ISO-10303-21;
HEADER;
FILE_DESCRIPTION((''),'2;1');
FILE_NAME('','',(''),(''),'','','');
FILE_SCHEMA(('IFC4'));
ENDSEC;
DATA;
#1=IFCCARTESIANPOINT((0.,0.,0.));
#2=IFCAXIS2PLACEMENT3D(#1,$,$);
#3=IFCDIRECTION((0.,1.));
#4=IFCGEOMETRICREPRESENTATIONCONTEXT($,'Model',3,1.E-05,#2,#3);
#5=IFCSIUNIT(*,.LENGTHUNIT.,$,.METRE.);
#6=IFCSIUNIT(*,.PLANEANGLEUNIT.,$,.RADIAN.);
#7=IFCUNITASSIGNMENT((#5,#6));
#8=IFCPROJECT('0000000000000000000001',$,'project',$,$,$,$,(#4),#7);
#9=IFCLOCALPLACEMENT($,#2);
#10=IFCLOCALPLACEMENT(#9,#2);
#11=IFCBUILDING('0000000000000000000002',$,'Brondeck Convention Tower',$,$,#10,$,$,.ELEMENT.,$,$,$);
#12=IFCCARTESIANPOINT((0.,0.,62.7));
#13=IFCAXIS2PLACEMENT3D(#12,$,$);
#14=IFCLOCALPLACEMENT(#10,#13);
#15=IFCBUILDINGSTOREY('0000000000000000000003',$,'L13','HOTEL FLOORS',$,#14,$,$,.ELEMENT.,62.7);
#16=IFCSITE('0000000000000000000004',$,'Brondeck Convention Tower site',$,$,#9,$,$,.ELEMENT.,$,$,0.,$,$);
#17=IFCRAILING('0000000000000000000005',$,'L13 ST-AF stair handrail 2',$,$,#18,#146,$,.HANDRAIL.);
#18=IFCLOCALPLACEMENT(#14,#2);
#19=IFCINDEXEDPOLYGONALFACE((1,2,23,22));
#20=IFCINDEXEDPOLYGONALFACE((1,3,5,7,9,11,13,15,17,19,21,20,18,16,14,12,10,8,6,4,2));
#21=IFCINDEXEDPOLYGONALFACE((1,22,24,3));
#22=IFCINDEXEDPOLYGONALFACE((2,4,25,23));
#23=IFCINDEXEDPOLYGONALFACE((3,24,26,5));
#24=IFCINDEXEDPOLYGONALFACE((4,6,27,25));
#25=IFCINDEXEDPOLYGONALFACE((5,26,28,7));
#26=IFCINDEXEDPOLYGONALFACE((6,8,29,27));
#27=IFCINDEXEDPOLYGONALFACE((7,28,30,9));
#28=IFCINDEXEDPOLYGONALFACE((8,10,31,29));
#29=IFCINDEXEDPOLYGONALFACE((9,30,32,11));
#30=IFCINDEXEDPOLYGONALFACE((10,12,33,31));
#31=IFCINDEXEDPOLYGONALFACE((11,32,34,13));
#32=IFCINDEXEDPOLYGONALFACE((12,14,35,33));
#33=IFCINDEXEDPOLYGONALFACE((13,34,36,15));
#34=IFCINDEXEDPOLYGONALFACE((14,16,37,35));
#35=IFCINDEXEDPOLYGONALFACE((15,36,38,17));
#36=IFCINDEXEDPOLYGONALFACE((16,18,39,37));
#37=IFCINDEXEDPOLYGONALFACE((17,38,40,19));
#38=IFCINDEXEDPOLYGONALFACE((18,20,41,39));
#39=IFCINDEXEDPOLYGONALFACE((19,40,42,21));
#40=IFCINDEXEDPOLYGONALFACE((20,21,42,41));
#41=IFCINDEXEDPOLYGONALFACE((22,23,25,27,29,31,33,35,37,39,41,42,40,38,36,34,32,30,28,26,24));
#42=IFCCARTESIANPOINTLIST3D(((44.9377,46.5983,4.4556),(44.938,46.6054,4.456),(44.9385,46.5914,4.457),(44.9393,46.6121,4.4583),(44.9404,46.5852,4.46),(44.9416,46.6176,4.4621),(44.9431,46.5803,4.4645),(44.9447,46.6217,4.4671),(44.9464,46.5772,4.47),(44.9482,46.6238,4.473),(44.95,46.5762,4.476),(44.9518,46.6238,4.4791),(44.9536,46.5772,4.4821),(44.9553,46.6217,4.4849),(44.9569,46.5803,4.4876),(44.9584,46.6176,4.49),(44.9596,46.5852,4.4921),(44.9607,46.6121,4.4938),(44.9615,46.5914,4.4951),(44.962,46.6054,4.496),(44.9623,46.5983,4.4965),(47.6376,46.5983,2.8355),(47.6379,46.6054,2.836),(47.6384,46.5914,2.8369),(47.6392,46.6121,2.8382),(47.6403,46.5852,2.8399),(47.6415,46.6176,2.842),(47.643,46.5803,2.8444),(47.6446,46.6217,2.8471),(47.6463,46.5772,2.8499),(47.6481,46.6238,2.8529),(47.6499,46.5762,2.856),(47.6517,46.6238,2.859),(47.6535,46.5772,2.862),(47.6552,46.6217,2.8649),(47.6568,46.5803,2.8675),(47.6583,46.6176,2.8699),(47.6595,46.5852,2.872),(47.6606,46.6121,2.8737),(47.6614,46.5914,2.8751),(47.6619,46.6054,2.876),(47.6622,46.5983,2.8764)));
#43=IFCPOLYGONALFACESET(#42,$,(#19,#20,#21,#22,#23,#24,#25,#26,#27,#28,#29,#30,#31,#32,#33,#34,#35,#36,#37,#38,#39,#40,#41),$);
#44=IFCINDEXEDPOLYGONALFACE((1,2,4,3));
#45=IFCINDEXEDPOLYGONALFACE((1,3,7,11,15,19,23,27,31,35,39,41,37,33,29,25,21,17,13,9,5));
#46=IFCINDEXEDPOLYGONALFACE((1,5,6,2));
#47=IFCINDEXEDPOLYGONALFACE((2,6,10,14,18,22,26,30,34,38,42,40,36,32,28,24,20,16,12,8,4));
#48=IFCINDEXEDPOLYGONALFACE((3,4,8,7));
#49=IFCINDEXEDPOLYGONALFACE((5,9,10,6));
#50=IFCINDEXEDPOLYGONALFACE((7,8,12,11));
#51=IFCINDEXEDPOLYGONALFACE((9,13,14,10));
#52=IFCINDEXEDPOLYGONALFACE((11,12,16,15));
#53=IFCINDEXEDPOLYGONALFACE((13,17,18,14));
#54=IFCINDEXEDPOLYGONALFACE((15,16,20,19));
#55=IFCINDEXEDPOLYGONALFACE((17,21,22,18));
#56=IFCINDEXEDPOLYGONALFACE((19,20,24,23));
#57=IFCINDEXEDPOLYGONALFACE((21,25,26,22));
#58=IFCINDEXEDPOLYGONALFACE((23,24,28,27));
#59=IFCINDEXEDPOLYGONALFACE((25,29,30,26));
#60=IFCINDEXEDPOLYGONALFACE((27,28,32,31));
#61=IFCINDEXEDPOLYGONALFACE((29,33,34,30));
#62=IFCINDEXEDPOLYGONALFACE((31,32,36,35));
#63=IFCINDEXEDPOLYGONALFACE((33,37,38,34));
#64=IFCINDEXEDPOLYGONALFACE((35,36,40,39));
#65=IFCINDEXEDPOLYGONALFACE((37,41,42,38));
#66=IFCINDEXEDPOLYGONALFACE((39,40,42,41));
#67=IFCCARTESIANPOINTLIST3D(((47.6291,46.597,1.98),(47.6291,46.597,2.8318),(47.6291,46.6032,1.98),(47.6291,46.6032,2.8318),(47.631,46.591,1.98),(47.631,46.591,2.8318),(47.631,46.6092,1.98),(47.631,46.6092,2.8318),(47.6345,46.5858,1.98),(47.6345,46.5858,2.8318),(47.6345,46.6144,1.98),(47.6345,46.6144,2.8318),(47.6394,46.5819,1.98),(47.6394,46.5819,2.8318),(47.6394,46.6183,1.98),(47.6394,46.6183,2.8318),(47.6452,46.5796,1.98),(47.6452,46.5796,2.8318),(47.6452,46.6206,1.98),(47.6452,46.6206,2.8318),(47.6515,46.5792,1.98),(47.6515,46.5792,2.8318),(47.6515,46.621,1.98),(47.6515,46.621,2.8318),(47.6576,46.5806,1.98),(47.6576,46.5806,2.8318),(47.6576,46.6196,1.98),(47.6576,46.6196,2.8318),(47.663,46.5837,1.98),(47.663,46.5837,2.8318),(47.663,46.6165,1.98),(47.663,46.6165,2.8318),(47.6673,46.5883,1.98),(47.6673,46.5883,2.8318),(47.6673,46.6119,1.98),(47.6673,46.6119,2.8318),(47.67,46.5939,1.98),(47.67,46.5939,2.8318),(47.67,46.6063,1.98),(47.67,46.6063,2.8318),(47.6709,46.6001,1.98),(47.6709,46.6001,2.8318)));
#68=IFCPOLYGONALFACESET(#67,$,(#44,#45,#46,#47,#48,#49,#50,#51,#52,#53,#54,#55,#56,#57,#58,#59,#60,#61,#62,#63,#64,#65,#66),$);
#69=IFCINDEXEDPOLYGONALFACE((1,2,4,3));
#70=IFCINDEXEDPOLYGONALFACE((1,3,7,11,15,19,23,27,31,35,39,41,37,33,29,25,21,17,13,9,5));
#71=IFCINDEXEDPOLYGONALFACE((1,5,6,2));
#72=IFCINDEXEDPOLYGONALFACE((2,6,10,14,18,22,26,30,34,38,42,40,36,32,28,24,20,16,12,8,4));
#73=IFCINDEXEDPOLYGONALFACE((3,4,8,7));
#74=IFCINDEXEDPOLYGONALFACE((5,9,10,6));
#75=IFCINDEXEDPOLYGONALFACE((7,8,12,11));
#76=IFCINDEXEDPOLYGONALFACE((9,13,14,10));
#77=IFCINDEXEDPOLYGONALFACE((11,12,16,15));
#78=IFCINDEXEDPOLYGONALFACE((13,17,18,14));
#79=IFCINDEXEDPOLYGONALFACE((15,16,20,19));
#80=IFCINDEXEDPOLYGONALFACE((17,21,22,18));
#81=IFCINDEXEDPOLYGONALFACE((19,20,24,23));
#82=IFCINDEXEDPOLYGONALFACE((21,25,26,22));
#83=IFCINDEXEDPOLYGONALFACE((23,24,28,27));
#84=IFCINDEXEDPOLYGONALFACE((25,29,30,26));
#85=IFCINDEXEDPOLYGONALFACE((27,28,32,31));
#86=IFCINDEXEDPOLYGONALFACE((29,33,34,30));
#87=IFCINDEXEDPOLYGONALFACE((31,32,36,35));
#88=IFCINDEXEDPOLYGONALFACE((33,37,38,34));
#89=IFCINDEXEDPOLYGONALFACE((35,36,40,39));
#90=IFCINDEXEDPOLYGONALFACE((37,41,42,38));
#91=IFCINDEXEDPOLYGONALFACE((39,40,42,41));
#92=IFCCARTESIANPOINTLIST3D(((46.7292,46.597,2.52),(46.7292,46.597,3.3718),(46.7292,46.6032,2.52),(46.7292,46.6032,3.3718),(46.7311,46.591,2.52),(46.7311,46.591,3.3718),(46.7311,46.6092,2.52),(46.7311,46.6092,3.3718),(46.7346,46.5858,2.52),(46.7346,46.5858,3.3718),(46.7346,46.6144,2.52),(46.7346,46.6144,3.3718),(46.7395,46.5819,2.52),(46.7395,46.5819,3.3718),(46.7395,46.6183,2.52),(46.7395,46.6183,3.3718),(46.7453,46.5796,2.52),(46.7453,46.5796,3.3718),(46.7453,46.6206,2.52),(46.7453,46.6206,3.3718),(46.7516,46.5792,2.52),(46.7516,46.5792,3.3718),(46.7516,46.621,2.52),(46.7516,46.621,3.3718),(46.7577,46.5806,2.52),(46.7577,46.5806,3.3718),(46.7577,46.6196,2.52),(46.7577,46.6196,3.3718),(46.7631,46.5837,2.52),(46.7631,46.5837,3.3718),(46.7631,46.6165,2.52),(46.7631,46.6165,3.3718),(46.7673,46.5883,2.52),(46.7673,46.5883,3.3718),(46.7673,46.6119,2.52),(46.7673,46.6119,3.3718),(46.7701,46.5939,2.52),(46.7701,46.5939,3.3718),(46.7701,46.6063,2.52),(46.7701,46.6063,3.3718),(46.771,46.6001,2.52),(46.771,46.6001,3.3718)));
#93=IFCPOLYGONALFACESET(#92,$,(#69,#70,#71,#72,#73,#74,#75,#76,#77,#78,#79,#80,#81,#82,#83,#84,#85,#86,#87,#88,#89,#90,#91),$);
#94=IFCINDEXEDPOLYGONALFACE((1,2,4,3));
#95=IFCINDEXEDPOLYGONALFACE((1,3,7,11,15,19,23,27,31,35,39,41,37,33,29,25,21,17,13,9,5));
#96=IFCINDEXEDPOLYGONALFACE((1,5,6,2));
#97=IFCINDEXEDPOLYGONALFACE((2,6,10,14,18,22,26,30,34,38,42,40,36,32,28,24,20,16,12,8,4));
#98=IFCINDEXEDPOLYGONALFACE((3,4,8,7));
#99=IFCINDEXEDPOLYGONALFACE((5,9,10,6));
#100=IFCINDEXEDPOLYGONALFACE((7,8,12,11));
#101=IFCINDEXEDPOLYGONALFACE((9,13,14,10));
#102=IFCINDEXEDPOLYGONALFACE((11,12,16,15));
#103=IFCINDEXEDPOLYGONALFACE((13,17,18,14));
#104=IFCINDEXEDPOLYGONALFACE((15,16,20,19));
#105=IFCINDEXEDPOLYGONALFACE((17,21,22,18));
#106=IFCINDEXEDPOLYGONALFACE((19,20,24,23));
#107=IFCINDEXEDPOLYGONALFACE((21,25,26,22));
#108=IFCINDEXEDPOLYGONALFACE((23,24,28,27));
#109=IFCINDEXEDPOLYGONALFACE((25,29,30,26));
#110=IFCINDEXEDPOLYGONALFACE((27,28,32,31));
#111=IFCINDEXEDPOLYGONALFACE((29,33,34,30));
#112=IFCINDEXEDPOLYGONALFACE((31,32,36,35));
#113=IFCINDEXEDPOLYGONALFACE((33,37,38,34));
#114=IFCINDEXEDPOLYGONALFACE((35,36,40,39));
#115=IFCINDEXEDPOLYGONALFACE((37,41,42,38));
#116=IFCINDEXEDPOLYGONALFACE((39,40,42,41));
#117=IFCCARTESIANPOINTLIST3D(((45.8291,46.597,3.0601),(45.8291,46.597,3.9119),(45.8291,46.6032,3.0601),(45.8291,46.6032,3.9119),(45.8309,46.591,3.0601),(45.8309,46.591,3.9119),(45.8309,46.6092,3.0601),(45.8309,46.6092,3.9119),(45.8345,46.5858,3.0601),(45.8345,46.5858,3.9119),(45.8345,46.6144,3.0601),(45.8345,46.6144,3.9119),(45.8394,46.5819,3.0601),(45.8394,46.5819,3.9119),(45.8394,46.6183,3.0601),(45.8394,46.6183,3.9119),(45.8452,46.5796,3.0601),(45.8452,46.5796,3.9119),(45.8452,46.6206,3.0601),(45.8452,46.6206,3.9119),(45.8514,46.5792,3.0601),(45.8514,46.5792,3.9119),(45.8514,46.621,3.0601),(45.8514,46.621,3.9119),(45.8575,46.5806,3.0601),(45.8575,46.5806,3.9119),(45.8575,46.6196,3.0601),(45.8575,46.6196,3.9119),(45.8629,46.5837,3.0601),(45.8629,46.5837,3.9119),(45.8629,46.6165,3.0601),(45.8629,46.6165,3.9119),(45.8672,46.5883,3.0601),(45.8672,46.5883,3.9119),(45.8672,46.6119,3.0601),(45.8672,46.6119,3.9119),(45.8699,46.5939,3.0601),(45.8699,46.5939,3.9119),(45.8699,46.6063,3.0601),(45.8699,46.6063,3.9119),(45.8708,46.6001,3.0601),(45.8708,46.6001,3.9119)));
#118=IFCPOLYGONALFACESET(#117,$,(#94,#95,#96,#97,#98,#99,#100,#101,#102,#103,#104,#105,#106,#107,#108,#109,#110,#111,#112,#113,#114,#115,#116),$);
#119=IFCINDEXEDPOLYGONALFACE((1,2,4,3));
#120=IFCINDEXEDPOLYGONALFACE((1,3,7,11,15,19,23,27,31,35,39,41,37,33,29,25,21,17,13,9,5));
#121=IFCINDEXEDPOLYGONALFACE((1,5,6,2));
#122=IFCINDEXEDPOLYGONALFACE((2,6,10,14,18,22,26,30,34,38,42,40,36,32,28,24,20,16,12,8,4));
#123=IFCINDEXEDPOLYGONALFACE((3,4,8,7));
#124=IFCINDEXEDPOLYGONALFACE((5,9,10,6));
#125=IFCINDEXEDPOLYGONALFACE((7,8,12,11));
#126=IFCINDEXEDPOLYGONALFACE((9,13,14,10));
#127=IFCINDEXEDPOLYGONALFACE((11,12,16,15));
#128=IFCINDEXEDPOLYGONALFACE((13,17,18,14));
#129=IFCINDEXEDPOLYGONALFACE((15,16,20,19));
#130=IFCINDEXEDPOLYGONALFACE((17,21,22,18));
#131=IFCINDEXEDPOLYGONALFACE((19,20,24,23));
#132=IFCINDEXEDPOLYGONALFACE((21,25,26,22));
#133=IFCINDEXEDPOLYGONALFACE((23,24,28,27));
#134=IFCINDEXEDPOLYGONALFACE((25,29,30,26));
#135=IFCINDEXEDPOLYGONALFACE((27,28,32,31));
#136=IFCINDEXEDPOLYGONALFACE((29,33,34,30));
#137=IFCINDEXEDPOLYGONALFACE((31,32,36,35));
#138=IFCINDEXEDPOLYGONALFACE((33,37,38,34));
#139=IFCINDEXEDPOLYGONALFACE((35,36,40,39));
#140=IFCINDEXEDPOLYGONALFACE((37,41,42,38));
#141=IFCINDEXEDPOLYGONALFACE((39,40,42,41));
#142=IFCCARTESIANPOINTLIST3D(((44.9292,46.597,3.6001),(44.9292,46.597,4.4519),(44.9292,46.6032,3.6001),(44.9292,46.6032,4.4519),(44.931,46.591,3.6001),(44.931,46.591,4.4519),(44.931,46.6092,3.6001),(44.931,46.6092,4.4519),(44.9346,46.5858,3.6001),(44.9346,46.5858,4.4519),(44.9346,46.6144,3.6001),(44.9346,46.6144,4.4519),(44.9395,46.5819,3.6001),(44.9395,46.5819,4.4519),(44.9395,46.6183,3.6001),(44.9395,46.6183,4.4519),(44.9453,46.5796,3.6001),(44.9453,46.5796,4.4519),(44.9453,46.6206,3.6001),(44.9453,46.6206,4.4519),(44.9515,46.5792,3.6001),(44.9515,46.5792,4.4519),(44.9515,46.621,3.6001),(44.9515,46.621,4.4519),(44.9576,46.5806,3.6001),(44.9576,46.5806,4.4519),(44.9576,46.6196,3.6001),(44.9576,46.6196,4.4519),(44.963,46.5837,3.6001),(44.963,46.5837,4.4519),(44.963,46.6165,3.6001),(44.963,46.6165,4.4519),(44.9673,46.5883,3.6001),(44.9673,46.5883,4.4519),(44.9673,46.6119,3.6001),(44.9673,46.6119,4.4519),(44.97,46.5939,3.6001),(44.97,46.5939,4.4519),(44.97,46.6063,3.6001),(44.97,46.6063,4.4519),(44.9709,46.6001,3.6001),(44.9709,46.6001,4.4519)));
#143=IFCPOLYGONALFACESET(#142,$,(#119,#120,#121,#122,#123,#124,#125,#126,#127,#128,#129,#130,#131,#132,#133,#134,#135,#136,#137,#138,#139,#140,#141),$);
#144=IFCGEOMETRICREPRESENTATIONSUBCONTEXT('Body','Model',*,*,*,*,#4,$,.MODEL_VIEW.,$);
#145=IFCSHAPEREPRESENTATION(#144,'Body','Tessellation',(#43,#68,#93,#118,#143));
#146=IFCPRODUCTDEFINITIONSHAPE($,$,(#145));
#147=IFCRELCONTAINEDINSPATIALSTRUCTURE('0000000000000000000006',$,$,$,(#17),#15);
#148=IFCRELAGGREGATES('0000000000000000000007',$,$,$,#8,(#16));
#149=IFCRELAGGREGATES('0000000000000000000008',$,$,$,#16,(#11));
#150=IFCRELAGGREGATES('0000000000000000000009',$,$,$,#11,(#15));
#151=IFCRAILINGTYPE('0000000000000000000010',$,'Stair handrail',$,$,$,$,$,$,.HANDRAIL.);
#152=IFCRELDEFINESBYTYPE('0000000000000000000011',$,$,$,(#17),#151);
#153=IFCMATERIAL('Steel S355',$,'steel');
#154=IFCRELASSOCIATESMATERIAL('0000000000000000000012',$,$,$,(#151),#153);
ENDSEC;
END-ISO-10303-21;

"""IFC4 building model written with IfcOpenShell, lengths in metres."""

from ifc_helpers import new_model, si_unit, direction, frame, origin, origin_2d, place, context, subcontext, project, spatial, circle, extrude, material, type_object, element, save


model = new_model("IFC4")

# Units and contexts
model_context = context("Model", 3, precision=1e-05, world=origin(), true_north=direction((0.0, 1.0)))
body_context = subcontext(model_context, "Body", "Model", "MODEL_VIEW")
ifc_project = project(units=[si_unit("LENGTHUNIT", "METRE"), si_unit("PLANEANGLEUNIT", "RADIAN")], contexts=[model_context])

# Site, building, storey
site_placement = place(None, origin())
site = spatial("IfcSite", under=ifc_project, at=site_placement, Name="Brondeck Convention Tower site", CompositionType="ELEMENT", RefElevation=0.0)
building_placement = place(site_placement, origin())
building = spatial("IfcBuilding", under=site, at=building_placement, Name="Brondeck Convention Tower", CompositionType="ELEMENT")
storey_placement = place(building_placement, frame((0.0, 0.0, 62.7)))
storey = spatial("IfcBuildingStorey", under=building, at=storey_placement, Name="L13", Description="HOTEL FLOORS", CompositionType="ELEMENT", Elevation=62.7)

# Shared definitions
ifc_material_1 = material(Name="Steel S355", Category="steel")

# Railing
railing_type = type_object("IfcRailingType", Name="Stair handrail", PredefinedType="HANDRAIL", material=ifc_material_1)
railing_placement = place(storey_placement, frame((47.6499, 46.6001, 1.98)))
element("IfcRailing", 1, at=railing_placement, inside=storey, type_object=railing_type, Name="L13 ST-AF stair handrail 2", PredefinedType="HANDRAIL", context=body_context, shape_type="SweptSolid", body=[
    extrude(circle(Radius=0.0239, at=origin_2d()), frame((0.0, 0.0, 0.876), z_axis=(-0.857472, 0.0, 0.51453), x_axis=(0.0, -1.0, 0.0)), (0.0, 0.0, 1.0), 3.1487),
    extrude(circle(Radius=0.021, at=origin_2d()), origin(), (0.0, 0.0, 1.0), 0.8518),
    extrude(circle(Radius=0.021, at=origin_2d()), frame((-0.8999, 0.0, 0.54)), (0.0, 0.0, 1.0), 0.8518),
    extrude(circle(Radius=0.021, at=origin_2d()), frame((-1.8, 0.0, 1.0801)), (0.0, 0.0, 1.0), 0.8518),
    extrude(circle(Radius=0.021, at=origin_2d()), frame((-2.7, 0.0, 1.6201)), (0.0, 0.0, 1.0), 0.8518),
])

save(model, "model.ifc")
